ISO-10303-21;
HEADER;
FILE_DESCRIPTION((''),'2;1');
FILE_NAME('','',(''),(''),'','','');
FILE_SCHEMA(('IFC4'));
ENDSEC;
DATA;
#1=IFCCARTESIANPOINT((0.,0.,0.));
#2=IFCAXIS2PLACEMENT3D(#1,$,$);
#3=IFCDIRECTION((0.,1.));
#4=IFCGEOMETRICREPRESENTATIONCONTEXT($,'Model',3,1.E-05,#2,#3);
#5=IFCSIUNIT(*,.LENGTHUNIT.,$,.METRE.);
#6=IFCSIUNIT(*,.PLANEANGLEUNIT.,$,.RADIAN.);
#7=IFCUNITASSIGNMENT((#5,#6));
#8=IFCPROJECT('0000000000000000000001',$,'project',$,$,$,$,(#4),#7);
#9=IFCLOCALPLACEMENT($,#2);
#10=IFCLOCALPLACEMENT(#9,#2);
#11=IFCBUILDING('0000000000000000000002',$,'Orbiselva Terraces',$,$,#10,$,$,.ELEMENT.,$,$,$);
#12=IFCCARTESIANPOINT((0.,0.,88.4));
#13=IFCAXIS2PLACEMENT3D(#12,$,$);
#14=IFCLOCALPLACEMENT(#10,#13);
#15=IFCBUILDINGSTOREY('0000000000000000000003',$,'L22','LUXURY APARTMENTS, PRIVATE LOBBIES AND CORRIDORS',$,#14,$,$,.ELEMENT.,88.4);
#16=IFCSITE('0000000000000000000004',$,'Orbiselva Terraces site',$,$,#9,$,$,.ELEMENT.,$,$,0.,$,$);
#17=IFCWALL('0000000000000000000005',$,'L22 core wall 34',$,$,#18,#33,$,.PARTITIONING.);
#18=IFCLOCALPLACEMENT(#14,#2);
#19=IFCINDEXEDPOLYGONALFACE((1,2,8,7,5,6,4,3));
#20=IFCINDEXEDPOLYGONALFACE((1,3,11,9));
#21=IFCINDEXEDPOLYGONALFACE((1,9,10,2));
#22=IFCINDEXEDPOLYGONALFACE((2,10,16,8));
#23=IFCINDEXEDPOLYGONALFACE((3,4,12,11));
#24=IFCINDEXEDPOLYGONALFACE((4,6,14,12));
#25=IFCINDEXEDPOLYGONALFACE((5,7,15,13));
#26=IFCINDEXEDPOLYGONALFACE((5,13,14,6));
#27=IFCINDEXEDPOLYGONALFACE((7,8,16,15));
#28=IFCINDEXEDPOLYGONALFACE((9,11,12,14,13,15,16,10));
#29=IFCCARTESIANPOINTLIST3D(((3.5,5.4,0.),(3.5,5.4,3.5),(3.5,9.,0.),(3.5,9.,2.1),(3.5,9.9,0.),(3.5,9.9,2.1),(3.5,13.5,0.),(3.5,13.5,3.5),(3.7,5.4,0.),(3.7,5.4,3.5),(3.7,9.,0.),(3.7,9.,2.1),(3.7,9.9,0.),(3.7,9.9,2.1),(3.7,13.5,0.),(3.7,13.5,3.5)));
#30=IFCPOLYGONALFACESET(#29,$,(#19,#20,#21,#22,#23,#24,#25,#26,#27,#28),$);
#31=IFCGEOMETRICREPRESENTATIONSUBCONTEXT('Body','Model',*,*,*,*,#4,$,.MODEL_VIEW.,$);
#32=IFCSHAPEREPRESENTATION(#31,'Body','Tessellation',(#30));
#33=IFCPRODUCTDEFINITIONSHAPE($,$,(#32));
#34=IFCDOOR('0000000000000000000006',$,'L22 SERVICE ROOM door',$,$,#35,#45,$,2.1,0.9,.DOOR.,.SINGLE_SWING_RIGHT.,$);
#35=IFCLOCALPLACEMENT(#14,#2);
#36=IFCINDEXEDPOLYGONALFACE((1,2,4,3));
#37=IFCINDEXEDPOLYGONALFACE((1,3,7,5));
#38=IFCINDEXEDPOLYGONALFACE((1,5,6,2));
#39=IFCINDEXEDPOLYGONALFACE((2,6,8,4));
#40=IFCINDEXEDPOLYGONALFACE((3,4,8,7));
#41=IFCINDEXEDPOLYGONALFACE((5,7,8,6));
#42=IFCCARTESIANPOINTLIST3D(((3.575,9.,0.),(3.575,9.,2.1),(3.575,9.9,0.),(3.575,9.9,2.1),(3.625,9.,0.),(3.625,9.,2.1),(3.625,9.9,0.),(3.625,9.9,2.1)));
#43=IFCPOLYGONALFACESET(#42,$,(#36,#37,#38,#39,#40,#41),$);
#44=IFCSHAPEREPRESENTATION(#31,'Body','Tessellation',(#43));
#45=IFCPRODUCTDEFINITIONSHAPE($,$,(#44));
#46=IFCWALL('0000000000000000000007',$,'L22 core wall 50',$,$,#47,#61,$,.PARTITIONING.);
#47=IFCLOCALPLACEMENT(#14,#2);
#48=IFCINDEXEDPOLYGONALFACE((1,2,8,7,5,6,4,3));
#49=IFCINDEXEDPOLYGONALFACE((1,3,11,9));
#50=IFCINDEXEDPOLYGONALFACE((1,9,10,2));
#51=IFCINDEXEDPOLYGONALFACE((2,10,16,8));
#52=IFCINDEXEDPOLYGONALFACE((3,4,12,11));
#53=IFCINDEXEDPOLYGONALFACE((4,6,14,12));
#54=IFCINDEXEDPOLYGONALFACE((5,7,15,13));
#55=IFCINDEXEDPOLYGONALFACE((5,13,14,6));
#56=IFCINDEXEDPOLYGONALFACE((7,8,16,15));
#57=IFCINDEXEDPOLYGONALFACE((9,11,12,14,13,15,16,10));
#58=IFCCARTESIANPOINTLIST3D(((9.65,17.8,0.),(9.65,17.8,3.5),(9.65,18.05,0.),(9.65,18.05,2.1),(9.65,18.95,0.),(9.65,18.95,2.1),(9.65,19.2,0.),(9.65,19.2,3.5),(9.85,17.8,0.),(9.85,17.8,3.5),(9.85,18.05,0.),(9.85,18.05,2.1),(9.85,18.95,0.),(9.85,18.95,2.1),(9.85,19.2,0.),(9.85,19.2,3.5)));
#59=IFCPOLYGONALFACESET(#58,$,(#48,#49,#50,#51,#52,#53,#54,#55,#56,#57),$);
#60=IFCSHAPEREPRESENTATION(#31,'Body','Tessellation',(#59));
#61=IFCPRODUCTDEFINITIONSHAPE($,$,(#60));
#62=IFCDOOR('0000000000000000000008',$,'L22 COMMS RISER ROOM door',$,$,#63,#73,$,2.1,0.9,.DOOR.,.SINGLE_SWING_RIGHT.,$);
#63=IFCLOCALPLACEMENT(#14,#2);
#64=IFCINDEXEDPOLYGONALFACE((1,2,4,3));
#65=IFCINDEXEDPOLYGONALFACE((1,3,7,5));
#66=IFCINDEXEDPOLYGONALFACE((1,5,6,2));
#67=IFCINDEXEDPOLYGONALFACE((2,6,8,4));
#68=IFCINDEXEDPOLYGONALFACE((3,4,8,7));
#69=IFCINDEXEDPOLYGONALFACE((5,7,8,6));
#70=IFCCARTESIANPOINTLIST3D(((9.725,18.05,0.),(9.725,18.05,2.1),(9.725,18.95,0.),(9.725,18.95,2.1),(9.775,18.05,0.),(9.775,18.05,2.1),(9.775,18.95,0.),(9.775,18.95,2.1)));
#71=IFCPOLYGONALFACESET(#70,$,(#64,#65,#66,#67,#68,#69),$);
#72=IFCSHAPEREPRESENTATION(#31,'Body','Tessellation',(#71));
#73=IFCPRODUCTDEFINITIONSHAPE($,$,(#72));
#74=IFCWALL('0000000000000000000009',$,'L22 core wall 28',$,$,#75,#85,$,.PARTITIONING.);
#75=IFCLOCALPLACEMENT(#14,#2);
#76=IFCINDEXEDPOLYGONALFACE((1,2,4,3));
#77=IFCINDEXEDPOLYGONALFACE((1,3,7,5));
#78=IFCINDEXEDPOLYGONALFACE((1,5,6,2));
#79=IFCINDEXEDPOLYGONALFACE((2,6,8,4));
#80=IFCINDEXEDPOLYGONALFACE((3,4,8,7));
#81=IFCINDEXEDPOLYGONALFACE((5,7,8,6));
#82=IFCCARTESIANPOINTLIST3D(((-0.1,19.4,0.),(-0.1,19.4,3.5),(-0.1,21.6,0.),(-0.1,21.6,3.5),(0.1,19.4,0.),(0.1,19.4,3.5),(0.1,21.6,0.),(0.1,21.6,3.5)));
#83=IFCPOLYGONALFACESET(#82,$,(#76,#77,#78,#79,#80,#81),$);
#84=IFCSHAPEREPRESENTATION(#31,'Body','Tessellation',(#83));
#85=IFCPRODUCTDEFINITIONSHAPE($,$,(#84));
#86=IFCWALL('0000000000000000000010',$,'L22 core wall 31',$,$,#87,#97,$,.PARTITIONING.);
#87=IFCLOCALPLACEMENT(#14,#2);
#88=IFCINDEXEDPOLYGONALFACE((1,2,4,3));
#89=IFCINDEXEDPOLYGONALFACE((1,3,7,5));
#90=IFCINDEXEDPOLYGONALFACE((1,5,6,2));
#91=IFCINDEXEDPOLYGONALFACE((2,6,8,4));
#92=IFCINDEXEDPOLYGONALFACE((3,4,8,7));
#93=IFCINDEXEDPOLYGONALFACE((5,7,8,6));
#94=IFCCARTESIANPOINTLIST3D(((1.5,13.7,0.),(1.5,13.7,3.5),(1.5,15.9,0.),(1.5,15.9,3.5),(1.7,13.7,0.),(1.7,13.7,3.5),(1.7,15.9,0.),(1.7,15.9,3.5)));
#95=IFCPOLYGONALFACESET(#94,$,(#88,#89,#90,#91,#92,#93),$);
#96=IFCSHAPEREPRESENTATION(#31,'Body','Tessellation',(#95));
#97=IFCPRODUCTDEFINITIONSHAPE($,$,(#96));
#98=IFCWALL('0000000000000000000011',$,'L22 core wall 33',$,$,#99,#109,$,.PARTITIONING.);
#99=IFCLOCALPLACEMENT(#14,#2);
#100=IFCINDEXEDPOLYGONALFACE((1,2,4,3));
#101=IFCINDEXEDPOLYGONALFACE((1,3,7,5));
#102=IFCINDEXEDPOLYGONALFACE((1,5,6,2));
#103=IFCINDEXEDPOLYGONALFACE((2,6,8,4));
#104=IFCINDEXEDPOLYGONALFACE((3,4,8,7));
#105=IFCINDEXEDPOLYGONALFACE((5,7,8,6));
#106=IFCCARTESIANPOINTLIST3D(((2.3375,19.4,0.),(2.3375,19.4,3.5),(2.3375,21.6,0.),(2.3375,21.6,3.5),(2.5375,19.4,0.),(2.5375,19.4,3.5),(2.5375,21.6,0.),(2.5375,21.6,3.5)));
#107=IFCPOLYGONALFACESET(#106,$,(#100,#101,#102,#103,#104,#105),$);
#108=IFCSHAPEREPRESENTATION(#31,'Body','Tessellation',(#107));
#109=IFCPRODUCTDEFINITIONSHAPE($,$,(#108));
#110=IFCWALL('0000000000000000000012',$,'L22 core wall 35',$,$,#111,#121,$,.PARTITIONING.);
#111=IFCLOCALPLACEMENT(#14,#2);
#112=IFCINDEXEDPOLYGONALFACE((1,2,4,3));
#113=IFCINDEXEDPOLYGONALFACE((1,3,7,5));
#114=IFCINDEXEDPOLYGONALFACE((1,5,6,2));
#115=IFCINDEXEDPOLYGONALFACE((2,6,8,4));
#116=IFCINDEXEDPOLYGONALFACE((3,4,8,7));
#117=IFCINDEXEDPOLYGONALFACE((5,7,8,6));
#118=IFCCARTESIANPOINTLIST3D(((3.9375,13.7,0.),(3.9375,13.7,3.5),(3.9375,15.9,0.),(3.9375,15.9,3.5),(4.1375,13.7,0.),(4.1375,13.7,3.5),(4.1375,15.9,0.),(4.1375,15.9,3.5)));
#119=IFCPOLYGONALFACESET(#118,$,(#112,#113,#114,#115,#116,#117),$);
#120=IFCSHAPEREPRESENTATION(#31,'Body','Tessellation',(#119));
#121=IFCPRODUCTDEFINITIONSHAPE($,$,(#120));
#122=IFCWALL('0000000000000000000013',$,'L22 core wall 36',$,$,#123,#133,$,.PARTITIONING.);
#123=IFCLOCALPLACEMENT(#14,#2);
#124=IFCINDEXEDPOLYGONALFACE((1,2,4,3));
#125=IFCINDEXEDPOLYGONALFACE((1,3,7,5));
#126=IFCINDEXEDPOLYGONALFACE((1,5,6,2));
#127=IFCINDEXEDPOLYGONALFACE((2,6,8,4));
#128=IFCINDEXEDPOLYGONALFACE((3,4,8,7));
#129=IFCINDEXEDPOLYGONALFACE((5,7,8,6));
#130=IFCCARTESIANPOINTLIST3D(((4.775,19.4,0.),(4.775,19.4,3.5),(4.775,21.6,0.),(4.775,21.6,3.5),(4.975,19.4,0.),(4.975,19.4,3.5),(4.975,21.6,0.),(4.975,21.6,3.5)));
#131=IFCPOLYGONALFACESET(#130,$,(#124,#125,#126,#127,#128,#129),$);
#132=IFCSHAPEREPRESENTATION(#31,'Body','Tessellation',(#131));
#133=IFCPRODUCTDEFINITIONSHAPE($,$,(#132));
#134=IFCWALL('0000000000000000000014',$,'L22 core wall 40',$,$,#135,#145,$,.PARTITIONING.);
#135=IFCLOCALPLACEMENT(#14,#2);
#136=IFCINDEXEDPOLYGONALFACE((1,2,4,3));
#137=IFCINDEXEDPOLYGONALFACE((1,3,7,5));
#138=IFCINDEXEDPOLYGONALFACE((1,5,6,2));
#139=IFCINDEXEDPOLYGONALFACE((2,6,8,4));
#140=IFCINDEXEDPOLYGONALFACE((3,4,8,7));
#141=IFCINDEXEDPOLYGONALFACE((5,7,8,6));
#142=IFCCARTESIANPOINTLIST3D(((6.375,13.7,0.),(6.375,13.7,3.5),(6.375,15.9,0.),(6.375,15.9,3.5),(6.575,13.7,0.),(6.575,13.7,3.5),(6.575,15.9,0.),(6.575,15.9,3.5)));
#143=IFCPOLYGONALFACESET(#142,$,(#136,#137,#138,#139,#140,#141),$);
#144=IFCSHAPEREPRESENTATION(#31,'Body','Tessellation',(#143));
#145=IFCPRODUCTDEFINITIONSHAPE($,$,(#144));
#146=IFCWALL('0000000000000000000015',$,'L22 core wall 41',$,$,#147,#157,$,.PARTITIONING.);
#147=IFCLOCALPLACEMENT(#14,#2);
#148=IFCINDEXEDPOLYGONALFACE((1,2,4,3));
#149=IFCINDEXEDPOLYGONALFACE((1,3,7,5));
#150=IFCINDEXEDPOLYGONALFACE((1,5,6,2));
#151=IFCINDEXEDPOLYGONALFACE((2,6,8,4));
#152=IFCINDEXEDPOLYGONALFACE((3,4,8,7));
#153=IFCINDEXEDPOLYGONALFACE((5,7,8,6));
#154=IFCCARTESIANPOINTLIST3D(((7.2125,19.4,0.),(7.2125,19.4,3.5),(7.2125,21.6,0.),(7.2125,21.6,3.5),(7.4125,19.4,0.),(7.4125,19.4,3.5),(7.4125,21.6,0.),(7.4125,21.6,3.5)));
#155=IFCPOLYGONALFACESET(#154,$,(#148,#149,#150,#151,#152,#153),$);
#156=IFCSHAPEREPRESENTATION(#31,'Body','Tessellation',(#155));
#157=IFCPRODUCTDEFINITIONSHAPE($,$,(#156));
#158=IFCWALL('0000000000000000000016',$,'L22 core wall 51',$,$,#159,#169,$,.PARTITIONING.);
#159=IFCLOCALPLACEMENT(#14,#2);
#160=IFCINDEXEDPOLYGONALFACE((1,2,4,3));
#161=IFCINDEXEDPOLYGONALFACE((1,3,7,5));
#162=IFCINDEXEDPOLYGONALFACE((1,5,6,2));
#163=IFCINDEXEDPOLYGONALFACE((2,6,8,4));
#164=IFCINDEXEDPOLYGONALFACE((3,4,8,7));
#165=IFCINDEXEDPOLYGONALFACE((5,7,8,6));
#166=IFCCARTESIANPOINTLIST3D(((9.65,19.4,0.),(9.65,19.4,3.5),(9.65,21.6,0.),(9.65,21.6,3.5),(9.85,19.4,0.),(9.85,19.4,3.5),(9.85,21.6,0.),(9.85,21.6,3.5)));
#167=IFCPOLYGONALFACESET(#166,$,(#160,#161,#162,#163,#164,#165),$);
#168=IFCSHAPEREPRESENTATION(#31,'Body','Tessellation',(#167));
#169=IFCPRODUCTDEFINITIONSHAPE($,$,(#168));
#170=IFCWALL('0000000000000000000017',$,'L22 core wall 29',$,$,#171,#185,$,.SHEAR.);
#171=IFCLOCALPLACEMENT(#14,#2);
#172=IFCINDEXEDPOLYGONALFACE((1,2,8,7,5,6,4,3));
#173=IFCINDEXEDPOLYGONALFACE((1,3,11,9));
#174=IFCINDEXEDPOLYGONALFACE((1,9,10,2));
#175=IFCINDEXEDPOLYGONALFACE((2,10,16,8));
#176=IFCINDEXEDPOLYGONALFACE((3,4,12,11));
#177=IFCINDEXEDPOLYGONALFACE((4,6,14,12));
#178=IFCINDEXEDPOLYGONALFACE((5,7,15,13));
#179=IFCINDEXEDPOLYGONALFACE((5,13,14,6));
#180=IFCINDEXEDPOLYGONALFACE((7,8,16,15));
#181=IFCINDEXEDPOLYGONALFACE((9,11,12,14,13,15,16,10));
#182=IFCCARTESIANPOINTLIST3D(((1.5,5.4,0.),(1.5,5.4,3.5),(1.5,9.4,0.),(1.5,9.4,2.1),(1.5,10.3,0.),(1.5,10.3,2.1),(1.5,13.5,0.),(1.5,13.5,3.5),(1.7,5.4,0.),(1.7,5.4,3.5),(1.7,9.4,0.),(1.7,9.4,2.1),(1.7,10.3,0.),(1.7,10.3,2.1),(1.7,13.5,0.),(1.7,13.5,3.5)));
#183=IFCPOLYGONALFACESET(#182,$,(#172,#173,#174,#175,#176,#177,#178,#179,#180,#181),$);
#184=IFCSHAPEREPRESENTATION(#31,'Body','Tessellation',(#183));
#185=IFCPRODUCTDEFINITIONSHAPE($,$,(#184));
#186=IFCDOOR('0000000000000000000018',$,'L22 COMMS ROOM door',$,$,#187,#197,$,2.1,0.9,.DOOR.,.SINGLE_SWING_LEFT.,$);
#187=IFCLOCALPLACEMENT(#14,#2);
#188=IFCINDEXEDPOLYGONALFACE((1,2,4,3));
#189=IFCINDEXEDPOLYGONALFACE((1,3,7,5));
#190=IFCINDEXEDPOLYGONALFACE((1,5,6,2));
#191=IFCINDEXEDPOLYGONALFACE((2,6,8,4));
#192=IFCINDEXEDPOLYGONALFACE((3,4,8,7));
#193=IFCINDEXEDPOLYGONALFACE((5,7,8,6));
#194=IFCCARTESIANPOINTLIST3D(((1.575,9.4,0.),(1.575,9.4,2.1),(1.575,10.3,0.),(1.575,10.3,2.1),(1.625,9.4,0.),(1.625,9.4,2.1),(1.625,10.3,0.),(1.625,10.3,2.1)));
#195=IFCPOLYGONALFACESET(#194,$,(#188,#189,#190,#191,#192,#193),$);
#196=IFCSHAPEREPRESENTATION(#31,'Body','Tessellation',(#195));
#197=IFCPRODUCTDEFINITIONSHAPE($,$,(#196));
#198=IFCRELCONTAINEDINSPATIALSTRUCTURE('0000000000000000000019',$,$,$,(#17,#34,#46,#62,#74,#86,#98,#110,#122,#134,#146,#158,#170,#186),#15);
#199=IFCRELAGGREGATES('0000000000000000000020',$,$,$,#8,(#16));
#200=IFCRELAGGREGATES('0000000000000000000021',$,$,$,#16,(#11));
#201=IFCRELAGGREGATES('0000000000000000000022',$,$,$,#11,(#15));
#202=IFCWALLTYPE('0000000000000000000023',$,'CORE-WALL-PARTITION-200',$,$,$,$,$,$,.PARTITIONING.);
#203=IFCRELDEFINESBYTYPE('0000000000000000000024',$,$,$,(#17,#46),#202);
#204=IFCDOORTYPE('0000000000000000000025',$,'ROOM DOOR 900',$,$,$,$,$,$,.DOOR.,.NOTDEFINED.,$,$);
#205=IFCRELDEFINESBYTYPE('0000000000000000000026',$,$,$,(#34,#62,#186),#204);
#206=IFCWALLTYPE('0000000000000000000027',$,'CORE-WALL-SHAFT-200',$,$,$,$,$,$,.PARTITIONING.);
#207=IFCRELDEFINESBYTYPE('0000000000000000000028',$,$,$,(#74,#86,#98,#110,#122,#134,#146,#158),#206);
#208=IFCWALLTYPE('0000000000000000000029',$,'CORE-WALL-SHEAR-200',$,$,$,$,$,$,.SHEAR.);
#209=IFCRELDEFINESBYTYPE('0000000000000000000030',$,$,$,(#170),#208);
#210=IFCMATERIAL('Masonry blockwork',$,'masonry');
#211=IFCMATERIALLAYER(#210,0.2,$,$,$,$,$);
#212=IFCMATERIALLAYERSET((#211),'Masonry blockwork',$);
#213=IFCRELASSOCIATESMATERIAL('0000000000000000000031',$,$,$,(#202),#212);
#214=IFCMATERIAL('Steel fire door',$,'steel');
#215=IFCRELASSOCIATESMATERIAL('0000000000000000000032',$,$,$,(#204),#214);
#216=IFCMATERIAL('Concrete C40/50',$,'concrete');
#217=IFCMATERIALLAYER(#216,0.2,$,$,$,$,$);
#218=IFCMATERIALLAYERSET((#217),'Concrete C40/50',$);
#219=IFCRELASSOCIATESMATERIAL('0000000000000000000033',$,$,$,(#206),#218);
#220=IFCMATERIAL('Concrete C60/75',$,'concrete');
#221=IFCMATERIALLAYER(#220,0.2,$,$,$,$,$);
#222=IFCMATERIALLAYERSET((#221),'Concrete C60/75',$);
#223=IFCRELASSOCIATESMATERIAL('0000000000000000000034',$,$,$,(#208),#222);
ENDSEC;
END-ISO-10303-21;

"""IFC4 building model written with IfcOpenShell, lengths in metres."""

from ifc_helpers import new_model, si_unit, direction, frame, frame_2d, origin, place, context, subcontext, project, spatial, rectangle, extrude, material, layer, layer_set, type_object, element, fill, save


model = new_model("IFC4")

# Units and contexts
model_context = context("Model", 3, precision=1e-05, world=origin(), true_north=direction((0.0, 1.0)))
body_context = subcontext(model_context, "Body", "Model", "MODEL_VIEW")
ifc_project = project(units=[si_unit("LENGTHUNIT", "METRE"), si_unit("PLANEANGLEUNIT", "RADIAN")], contexts=[model_context])

# Site, building, storey
site_placement = place(None, origin())
site = spatial("IfcSite", under=ifc_project, at=site_placement, Name="Orbiselva Terraces site", CompositionType="ELEMENT", RefElevation=0.0)
building_placement = place(site_placement, origin())
building = spatial("IfcBuilding", under=site, at=building_placement, Name="Orbiselva Terraces", CompositionType="ELEMENT")
storey_placement = place(building_placement, frame((0.0, 0.0, 88.4)))
storey = spatial("IfcBuildingStorey", under=building, at=storey_placement, Name="L22", Description="LUXURY APARTMENTS, PRIVATE LOBBIES AND CORRIDORS", CompositionType="ELEMENT", Elevation=88.4)

# Walls, openings, doors
ifc_material_1 = material(Name="Masonry blockwork", Category="masonry")
ifc_layer_1 = layer(ifc_material_1, 0.2)
ifc_layer_set_1 = layer_set([ifc_layer_1], Name="Masonry blockwork")
wall_type_1 = type_object("IfcWallType", Name="CORE-WALL-PARTITION-200", PredefinedType="PARTITIONING", material=ifc_layer_set_1)
wall_1_placement = place(storey_placement, frame((3.6, 13.5, 0.0), z_axis=(0.0, 0.0, 1.0), x_axis=(0.0, -1.0, 0.0)))
wall_1 = element("IfcWall", 1, at=wall_1_placement, inside=storey, type_object=wall_type_1, Name="L22 core wall 34", PredefinedType="PARTITIONING", context=body_context, shape_type="SweptSolid", body=[
    extrude(rectangle(XDim=8.1, YDim=0.2, at=frame_2d((4.05, 0.0))), origin(), (0.0, 0.0, 1.0), 3.5),
])
opening_1_placement = place(wall_1_placement, frame((3.6, 0.0, 0.0)))
opening_1 = element("IfcOpeningElement", 2, at=opening_1_placement, cuts=wall_1, PredefinedType="OPENING", context=body_context, shape_type="SweptSolid", body=[
    extrude(rectangle(XDim=0.9, YDim=2.1, at=frame_2d((0.45, 1.05))), frame((0.0, 0.11, 0.0), z_axis=(0.0, -1.0, 0.0), x_axis=(1.0, 0.0, 0.0)), (0.0, 0.0, 1.0), 0.22),
])
ifc_material_2 = material(Name="Steel fire door", Category="steel")
door_type = type_object("IfcDoorType", Name="ROOM DOOR 900", OperationType="NOTDEFINED", PredefinedType="DOOR", material=ifc_material_2)
door_1_placement = place(opening_1_placement, origin())
door_1 = element("IfcDoor", 3, at=door_1_placement, inside=storey, type_object=door_type, Name="L22 SERVICE ROOM door", OperationType="SINGLE_SWING_RIGHT", OverallHeight=2.1, OverallWidth=0.9, PredefinedType="DOOR", context=body_context, shape_type="SweptSolid", body=[
    extrude(rectangle(XDim=0.9, YDim=2.1, at=frame_2d((0.45, 1.05))), frame((0.0, 0.025, 0.0), z_axis=(0.0, -1.0, 0.0), x_axis=(1.0, 0.0, 0.0)), (0.0, 0.0, 1.0), 0.05),
])
fill(opening_1, door_1)
wall_2_placement = place(storey_placement, frame((9.75, 19.2, 0.0), z_axis=(0.0, 0.0, 1.0), x_axis=(0.0, -1.0, 0.0)))
wall_2 = element("IfcWall", 4, at=wall_2_placement, inside=storey, type_object=wall_type_1, Name="L22 core wall 50", PredefinedType="PARTITIONING", context=body_context, shape_type="SweptSolid", body=[
    extrude(rectangle(XDim=1.4, YDim=0.2, at=frame_2d((0.7, 0.0))), origin(), (0.0, 0.0, 1.0), 3.5),
])
opening_2_placement = place(wall_2_placement, frame((0.25, 0.0, 0.0)))
opening_2 = element("IfcOpeningElement", 5, at=opening_2_placement, cuts=wall_2, PredefinedType="OPENING", context=body_context, shape_type="SweptSolid", body=[
    extrude(rectangle(XDim=0.9, YDim=2.1, at=frame_2d((0.45, 1.05))), frame((0.0, 0.11, 0.0), z_axis=(0.0, -1.0, 0.0), x_axis=(1.0, 0.0, 0.0)), (0.0, 0.0, 1.0), 0.22),
])
door_2_placement = place(opening_2_placement, origin())
door_2 = element("IfcDoor", 6, at=door_2_placement, inside=storey, type_object=door_type, Name="L22 COMMS RISER ROOM door", OperationType="SINGLE_SWING_RIGHT", OverallHeight=2.1, OverallWidth=0.9, PredefinedType="DOOR", context=body_context, shape_type="SweptSolid", body=[
    extrude(rectangle(XDim=0.9, YDim=2.1, at=frame_2d((0.45, 1.05))), frame((0.0, 0.025, 0.0), z_axis=(0.0, -1.0, 0.0), x_axis=(1.0, 0.0, 0.0)), (0.0, 0.0, 1.0), 0.05),
])
fill(opening_2, door_2)

# Walls
ifc_material_3 = material(Name="Concrete C40/50", Category="concrete")
ifc_layer_2 = layer(ifc_material_3, 0.2)
ifc_layer_set_2 = layer_set([ifc_layer_2], Name="Concrete C40/50")
wall_type_2 = type_object("IfcWallType", Name="CORE-WALL-SHAFT-200", PredefinedType="PARTITIONING", material=ifc_layer_set_2)
for number, where, z_axis, x_axis, name in (
    (7, (0.0, 19.4, 0.0), (0.0, 0.0, 1.0), (0.0, 1.0, 0.0), "L22 core wall 28"),
    (8, (1.6, 13.7, 0.0), (0.0, 0.0, 1.0), (0.0, 1.0, 0.0), "L22 core wall 31"),
    (9, (2.4375, 19.4, 0.0), (0.0, 0.0, 1.0), (0.0, 1.0, 0.0), "L22 core wall 33"),
    (10, (4.0375, 13.7, 0.0), (0.0, 0.0, 1.0), (0.0, 1.0, 0.0), "L22 core wall 35"),
    (11, (4.875, 19.4, 0.0), (0.0, 0.0, 1.0), (0.0, 1.0, 0.0), "L22 core wall 36"),
    (12, (6.475, 13.7, 0.0), (0.0, 0.0, 1.0), (0.0, 1.0, 0.0), "L22 core wall 40"),
    (13, (7.3125, 19.4, 0.0), (0.0, 0.0, 1.0), (0.0, 1.0, 0.0), "L22 core wall 41"),
    (14, (9.75, 19.4, 0.0), (0.0, 0.0, 1.0), (0.0, 1.0, 0.0), "L22 core wall 51"),
):
    element("IfcWall", number, at=place(storey_placement, frame(where, z_axis=z_axis, x_axis=x_axis)), inside=storey, type_object=wall_type_2, Name=name, PredefinedType="PARTITIONING", context=body_context, shape_type="SweptSolid", body=[
        extrude(rectangle(XDim=2.2, YDim=0.2, at=frame_2d((1.1, 0.0))), origin(), (0.0, 0.0, 1.0), 3.5),
    ])

# Wall, opening, door
ifc_material_4 = material(Name="Concrete C60/75", Category="concrete")
ifc_layer_3 = layer(ifc_material_4, 0.2)
ifc_layer_set_3 = layer_set([ifc_layer_3], Name="Concrete C60/75")
wall_type_3 = type_object("IfcWallType", Name="CORE-WALL-SHEAR-200", PredefinedType="SHEAR", material=ifc_layer_set_3)
wall_3_placement = place(storey_placement, frame((1.6, 13.5, 0.0), z_axis=(0.0, 0.0, 1.0), x_axis=(0.0, -1.0, 0.0)))
wall_3 = element("IfcWall", 15, at=wall_3_placement, inside=storey, type_object=wall_type_3, Name="L22 core wall 29", PredefinedType="SHEAR", context=body_context, shape_type="SweptSolid", body=[
    extrude(rectangle(XDim=8.1, YDim=0.2, at=frame_2d((4.05, 0.0))), origin(), (0.0, 0.0, 1.0), 3.5),
])
opening_3_placement = place(wall_3_placement, frame((3.2, 0.0, 0.0)))
opening_3 = element("IfcOpeningElement", 16, at=opening_3_placement, cuts=wall_3, PredefinedType="OPENING", context=body_context, shape_type="SweptSolid", body=[
    extrude(rectangle(XDim=0.9, YDim=2.1, at=frame_2d((0.45, 1.05))), frame((0.0, 0.11, 0.0), z_axis=(0.0, -1.0, 0.0), x_axis=(1.0, 0.0, 0.0)), (0.0, 0.0, 1.0), 0.22),
])
door_3_placement = place(opening_3_placement, origin())
door_3 = element("IfcDoor", 17, at=door_3_placement, inside=storey, type_object=door_type, Name="L22 COMMS ROOM door", OperationType="SINGLE_SWING_LEFT", OverallHeight=2.1, OverallWidth=0.9, PredefinedType="DOOR", context=body_context, shape_type="SweptSolid", body=[
    extrude(rectangle(XDim=0.9, YDim=2.1, at=frame_2d((0.45, 1.05))), frame((0.0, 0.025, 0.0), z_axis=(0.0, -1.0, 0.0), x_axis=(1.0, 0.0, 0.0)), (0.0, 0.0, 1.0), 0.05),
])
fill(opening_3, door_3)

save(model, "model.ifc")
